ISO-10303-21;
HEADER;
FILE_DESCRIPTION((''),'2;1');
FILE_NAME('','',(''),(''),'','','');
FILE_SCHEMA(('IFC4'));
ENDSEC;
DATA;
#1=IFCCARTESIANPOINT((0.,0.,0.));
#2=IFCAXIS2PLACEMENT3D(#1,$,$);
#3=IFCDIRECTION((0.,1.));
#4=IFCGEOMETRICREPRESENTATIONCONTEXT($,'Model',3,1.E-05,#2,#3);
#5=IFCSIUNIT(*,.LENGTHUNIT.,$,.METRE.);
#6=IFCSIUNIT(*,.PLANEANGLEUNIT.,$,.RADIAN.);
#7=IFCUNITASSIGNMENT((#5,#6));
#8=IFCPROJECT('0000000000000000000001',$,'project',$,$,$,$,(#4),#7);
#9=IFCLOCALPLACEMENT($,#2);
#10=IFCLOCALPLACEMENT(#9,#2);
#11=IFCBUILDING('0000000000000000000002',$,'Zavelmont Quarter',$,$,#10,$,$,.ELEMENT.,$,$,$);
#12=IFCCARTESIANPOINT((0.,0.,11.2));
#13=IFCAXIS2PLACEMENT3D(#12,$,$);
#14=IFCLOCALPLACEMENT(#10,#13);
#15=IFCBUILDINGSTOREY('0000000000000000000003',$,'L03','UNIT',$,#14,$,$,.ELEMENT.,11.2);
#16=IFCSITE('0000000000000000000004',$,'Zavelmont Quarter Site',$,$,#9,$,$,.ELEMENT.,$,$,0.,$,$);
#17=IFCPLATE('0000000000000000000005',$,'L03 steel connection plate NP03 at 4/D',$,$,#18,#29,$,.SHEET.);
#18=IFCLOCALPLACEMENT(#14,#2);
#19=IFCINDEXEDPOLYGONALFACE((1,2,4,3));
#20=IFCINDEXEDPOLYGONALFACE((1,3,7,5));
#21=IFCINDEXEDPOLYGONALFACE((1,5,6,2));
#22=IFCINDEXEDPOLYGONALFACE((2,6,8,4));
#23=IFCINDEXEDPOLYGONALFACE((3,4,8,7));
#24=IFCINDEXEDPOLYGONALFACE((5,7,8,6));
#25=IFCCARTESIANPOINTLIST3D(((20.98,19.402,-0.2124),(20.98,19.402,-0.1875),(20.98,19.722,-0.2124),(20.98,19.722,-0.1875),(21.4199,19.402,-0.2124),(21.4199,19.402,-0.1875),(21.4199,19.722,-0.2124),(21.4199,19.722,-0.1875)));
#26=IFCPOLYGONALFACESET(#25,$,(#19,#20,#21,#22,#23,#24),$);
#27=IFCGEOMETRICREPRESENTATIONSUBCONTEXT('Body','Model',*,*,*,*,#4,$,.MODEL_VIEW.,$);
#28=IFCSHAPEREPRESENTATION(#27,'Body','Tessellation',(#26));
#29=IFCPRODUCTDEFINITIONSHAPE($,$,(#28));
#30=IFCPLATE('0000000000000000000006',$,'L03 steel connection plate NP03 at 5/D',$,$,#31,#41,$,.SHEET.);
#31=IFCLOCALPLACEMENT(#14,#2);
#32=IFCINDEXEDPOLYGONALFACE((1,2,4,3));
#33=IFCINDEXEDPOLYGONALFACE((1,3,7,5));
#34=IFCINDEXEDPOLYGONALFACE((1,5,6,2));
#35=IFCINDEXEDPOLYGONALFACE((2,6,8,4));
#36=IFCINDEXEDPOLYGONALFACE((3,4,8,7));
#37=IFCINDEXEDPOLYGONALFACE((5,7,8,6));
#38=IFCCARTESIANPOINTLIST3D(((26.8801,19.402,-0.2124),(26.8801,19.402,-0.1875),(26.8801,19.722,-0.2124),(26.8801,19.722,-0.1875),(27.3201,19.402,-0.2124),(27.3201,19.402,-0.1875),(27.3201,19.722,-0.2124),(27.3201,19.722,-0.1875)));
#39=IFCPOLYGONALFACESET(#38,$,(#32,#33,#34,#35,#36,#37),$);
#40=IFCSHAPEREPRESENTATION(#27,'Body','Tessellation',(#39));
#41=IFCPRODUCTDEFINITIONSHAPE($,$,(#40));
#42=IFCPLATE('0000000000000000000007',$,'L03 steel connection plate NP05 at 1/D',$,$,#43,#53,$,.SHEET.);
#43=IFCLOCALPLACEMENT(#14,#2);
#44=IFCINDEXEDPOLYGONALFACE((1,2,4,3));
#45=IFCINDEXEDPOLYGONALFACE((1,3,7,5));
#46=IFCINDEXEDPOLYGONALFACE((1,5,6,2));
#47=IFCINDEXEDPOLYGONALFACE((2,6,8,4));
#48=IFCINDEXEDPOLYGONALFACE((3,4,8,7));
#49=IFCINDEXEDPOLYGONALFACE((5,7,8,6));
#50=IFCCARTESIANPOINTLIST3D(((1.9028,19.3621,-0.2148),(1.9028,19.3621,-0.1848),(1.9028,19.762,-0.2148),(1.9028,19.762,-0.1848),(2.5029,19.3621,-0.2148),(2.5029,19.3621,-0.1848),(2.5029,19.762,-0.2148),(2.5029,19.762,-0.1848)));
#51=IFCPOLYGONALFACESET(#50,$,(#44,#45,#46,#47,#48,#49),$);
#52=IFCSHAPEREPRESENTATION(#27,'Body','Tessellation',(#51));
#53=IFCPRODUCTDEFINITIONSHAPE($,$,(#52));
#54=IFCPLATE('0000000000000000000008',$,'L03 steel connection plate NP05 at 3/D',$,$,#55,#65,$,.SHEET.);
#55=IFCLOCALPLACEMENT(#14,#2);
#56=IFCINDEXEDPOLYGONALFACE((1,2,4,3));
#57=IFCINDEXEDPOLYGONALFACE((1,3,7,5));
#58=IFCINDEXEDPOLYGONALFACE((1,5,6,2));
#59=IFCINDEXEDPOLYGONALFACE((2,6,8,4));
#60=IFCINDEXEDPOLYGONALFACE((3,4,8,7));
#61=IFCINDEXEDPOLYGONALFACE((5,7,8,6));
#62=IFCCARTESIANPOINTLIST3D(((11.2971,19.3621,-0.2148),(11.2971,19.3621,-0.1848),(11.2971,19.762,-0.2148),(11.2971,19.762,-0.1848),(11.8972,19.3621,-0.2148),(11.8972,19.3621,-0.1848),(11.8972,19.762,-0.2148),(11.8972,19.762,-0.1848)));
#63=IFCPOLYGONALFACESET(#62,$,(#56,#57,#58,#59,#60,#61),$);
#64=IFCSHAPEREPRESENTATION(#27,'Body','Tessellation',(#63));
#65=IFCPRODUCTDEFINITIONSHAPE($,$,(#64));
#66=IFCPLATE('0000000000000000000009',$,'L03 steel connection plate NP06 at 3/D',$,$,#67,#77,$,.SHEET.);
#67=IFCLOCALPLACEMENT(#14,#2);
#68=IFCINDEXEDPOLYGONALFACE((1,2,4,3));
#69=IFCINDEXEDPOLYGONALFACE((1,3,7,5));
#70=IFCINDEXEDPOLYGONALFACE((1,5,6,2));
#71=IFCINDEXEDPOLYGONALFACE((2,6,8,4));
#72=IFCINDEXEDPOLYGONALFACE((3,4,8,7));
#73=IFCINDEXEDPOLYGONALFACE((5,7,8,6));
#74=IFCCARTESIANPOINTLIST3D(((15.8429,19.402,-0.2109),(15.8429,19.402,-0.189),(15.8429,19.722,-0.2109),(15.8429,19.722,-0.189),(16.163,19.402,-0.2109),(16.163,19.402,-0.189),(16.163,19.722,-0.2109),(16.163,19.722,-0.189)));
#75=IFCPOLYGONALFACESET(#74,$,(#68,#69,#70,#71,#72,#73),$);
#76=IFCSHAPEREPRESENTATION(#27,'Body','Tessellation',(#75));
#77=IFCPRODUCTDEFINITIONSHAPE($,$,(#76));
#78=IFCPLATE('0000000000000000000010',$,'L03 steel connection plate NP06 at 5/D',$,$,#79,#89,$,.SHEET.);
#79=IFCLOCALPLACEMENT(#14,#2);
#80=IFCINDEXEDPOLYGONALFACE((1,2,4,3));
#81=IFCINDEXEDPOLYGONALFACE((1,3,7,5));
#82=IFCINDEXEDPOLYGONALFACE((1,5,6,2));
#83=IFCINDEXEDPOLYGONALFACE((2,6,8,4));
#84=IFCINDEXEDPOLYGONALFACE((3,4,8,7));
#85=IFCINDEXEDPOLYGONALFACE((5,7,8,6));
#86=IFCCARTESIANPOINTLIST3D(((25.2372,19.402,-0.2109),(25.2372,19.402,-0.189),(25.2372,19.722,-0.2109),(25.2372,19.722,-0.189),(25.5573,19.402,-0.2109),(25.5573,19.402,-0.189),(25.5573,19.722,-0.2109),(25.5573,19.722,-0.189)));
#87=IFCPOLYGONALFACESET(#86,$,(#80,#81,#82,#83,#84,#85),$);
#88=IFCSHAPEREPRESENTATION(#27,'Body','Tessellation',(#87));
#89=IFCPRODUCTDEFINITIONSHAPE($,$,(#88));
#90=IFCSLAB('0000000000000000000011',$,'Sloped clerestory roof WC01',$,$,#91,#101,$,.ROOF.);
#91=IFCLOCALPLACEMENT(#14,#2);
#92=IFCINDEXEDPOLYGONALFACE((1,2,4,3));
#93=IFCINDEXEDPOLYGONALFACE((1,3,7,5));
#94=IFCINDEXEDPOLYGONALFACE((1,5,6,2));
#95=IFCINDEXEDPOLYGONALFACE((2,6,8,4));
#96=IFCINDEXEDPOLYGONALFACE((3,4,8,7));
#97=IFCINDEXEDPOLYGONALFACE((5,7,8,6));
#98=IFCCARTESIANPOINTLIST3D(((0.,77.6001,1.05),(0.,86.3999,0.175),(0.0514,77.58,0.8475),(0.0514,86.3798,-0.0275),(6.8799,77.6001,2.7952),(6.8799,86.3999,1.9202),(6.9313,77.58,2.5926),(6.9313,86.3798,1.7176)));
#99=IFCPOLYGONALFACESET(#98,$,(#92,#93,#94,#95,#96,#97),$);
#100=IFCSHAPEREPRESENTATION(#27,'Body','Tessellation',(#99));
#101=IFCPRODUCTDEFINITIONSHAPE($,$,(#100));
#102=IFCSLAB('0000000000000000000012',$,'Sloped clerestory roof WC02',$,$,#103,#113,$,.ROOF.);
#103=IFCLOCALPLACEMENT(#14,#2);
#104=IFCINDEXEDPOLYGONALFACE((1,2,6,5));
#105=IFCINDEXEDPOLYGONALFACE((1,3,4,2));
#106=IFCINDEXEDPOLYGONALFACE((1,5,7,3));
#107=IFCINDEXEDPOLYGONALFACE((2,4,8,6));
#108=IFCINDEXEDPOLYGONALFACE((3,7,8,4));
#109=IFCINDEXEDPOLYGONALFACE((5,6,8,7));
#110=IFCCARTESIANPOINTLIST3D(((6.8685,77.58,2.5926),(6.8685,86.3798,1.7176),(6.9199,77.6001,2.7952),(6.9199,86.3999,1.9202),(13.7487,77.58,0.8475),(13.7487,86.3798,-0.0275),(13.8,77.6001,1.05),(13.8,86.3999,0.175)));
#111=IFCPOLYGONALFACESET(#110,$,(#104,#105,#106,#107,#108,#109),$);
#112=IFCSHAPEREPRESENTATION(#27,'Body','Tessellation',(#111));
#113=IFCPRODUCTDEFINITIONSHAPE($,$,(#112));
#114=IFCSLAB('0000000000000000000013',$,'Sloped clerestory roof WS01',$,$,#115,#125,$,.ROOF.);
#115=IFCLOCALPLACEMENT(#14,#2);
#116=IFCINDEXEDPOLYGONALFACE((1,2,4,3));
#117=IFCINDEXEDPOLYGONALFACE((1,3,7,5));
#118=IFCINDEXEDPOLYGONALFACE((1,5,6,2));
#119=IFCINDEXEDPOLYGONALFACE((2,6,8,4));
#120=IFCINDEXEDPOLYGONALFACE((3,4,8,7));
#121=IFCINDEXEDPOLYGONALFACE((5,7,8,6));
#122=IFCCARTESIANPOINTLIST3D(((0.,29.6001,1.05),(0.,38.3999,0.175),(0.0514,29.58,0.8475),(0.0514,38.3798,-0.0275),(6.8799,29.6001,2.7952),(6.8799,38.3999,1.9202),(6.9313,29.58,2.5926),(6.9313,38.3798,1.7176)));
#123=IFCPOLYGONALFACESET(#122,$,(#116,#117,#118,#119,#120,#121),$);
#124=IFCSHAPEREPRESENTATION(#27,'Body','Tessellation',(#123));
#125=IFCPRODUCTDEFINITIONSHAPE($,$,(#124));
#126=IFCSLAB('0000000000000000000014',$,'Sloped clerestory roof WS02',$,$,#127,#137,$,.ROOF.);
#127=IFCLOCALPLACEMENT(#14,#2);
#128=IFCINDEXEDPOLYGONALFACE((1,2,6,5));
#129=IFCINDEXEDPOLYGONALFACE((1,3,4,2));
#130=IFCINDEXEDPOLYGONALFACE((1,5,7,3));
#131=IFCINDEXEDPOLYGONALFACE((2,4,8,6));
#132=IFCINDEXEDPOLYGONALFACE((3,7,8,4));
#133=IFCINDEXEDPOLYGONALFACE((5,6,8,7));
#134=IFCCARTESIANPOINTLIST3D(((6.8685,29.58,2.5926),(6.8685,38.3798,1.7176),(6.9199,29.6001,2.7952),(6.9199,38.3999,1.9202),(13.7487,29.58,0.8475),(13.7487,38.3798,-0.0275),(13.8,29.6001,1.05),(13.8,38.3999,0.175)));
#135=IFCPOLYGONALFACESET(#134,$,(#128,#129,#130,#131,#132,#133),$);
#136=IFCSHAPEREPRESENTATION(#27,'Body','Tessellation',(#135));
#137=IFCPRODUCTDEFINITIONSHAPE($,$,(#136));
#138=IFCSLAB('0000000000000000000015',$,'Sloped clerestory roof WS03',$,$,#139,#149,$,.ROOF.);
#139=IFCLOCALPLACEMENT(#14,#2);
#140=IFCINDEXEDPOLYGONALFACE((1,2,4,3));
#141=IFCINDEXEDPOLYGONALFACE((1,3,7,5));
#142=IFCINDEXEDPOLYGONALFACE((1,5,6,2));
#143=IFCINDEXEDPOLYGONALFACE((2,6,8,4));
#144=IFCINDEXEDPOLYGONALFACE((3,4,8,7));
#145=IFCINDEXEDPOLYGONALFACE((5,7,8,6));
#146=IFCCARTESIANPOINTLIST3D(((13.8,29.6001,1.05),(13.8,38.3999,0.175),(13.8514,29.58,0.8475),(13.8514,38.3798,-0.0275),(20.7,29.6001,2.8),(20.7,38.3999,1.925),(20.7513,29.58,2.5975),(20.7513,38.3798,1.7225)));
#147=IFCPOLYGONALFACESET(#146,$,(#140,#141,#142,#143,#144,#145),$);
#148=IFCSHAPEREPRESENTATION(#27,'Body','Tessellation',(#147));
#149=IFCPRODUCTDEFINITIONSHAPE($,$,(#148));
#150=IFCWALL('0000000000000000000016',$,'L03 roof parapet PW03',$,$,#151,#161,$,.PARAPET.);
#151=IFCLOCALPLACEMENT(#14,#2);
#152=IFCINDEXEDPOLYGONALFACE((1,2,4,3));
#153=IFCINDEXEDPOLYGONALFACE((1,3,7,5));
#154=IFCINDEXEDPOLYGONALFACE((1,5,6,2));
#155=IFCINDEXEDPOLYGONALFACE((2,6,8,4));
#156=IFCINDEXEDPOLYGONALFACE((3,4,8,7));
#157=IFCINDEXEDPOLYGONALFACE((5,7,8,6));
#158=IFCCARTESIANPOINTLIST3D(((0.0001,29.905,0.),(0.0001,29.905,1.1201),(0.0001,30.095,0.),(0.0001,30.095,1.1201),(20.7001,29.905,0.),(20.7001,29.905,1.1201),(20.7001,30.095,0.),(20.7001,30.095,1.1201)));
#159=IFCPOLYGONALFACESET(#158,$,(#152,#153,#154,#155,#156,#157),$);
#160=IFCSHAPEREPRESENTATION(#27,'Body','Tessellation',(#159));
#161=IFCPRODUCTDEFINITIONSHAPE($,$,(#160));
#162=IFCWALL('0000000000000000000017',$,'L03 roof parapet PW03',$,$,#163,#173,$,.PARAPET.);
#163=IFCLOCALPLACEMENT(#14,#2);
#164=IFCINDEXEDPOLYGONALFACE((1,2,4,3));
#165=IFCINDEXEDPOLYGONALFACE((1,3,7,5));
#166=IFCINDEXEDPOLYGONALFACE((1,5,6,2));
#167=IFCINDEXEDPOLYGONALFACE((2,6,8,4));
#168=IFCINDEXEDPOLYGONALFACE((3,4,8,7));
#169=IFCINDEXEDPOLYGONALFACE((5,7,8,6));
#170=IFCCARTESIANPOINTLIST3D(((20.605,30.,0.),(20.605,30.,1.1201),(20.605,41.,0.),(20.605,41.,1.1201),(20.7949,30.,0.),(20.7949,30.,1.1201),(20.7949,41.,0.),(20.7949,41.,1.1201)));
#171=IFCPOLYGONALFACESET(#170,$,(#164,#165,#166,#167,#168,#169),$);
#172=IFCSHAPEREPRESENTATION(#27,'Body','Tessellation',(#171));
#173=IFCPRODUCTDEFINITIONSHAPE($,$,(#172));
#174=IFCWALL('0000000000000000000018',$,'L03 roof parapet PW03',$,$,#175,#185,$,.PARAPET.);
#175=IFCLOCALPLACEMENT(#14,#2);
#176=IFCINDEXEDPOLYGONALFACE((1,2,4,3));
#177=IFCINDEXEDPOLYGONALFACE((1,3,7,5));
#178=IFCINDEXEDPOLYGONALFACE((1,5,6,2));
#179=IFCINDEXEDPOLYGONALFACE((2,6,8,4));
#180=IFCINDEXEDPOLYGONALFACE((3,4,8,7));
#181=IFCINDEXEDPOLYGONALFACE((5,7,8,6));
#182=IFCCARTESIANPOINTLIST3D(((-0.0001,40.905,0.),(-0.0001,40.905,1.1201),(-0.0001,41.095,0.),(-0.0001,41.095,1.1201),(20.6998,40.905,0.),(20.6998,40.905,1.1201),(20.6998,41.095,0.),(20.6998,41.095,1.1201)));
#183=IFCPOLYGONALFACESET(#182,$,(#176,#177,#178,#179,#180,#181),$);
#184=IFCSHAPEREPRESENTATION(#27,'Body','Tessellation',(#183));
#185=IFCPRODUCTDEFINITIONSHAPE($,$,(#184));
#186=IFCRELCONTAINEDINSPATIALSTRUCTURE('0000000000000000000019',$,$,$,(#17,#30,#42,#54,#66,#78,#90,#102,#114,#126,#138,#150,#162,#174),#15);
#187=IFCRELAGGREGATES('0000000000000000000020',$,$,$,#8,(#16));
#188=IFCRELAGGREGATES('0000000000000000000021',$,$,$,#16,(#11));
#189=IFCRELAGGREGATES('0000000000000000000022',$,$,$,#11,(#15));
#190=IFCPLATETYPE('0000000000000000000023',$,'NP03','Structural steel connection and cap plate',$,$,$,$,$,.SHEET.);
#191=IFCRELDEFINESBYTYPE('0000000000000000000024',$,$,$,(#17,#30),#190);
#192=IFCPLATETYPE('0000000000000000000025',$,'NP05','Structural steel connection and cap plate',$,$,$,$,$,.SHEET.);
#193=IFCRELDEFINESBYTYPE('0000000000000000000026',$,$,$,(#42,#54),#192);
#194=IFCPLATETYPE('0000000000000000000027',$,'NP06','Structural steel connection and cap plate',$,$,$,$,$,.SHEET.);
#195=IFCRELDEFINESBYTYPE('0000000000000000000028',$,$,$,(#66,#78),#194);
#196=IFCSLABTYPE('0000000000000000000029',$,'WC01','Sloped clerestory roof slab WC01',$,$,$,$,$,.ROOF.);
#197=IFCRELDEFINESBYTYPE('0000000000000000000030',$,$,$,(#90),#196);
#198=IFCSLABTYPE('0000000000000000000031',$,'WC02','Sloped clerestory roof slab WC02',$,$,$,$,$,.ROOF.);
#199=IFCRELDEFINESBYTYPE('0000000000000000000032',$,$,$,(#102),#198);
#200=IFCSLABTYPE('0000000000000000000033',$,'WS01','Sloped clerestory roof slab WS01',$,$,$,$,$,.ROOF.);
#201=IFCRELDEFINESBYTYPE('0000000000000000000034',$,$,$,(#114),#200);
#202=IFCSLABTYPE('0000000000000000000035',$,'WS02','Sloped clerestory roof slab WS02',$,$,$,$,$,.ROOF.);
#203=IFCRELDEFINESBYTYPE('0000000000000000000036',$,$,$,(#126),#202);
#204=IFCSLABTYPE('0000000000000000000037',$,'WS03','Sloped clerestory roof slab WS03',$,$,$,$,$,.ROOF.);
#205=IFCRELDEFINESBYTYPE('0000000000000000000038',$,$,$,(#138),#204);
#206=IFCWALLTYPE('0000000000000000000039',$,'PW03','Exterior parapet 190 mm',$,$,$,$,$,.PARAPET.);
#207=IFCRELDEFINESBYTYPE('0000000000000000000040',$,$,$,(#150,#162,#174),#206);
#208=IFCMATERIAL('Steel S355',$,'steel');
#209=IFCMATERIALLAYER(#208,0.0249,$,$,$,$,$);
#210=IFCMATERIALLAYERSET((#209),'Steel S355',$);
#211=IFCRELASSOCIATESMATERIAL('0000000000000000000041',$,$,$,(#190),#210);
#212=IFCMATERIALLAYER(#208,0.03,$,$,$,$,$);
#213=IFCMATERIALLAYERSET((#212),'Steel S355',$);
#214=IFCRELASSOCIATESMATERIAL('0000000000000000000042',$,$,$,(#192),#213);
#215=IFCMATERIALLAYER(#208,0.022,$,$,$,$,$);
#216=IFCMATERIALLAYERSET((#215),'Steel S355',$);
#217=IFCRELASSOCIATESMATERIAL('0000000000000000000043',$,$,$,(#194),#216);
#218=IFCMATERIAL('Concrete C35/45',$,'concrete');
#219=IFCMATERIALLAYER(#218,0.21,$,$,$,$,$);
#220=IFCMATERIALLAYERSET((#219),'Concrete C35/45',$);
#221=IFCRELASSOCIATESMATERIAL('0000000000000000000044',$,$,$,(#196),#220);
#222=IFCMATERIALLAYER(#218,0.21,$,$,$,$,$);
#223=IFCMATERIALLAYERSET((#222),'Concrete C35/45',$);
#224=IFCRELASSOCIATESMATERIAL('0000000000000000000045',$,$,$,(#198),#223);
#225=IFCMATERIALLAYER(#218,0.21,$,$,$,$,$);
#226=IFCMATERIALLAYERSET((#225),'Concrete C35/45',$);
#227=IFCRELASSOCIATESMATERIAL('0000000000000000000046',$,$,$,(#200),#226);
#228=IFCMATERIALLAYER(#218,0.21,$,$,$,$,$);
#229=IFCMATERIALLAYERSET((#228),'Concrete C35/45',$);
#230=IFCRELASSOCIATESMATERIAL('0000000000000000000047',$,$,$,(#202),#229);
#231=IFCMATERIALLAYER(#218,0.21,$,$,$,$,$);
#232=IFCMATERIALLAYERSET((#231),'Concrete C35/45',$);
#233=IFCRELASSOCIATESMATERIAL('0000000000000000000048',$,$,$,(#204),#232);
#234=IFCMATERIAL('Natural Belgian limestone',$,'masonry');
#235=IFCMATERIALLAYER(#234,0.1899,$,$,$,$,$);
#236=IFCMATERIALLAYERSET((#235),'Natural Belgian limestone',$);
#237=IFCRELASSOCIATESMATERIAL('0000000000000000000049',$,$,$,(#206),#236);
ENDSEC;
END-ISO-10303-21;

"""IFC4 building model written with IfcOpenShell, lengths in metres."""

from ifc_helpers import new_model, si_unit, direction, frame, frame_2d, origin, origin_2d, place, context, subcontext, project, spatial, polyline, rectangle, outline, extrude, material, layer, layer_set, type_object, element, save


model = new_model("IFC4")

# Units and contexts
model_context = context("Model", 3, precision=1e-05, world=origin(), true_north=direction((0.0, 1.0)))
body_context = subcontext(model_context, "Body", "Model", "MODEL_VIEW")
ifc_project = project(units=[si_unit("LENGTHUNIT", "METRE"), si_unit("PLANEANGLEUNIT", "RADIAN")], contexts=[model_context])

# Site, building, storey
site_placement = place(None, origin())
site = spatial("IfcSite", under=ifc_project, at=site_placement, Name="Zavelmont Quarter Site", CompositionType="ELEMENT", RefElevation=0.0)
building_placement = place(site_placement, origin())
building = spatial("IfcBuilding", under=site, at=building_placement, Name="Zavelmont Quarter", CompositionType="ELEMENT")
storey_placement = place(building_placement, frame((0.0, 0.0, 11.2)))
storey = spatial("IfcBuildingStorey", under=building, at=storey_placement, Name="L03", Description="UNIT", CompositionType="ELEMENT", Elevation=11.2)

# Shared definitions
ifc_material_1 = material(Name="Concrete C35/45", Category="concrete")

# Shared definitions
ifc_material_2 = material(Name="Steel S355", Category="steel")

# Plates
ifc_layer_1 = layer(ifc_material_2, 0.0249)
ifc_layer_set_1 = layer_set([ifc_layer_1], Name="Steel S355")
plate_type_1 = type_object("IfcPlateType", Name="NP03", Description="Structural steel connection and cap plate", PredefinedType="SHEET", material=ifc_layer_set_1)
for number, where, z_axis, x_axis, name in (
    (1, (21.2, 19.562, -0.2124), (0.0, 0.0, 1.0), (1.0, 0.0, 0.0), "L03 steel connection plate NP03 at 4/D"),
    (2, (27.1001, 19.562, -0.2124), (0.0, 0.0, 1.0), (1.0, 0.0, 0.0), "L03 steel connection plate NP03 at 5/D"),
):
    element("IfcPlate", number, at=place(storey_placement, frame(where, z_axis=z_axis, x_axis=x_axis)), inside=storey, type_object=plate_type_1, Name=name, PredefinedType="SHEET", context=body_context, shape_type="SweptSolid", body=[
        extrude(rectangle(XDim=0.4399, YDim=0.3201, at=origin_2d()), origin(), (0.0, 0.0, 1.0), 0.0249),
    ])
ifc_layer_2 = layer(ifc_material_2, 0.03)
ifc_layer_set_2 = layer_set([ifc_layer_2], Name="Steel S355")
plate_type_2 = type_object("IfcPlateType", Name="NP05", Description="Structural steel connection and cap plate", PredefinedType="SHEET", material=ifc_layer_set_2)
for number, where, z_axis, x_axis, name in (
    (3, (2.2029, 19.562, -0.2148), (0.0, 0.0, 1.0), (1.0, 0.0, 0.0), "L03 steel connection plate NP05 at 1/D"),
    (4, (11.5972, 19.562, -0.2148), (0.0, 0.0, 1.0), (1.0, 0.0, 0.0), "L03 steel connection plate NP05 at 3/D"),
):
    element("IfcPlate", number, at=place(storey_placement, frame(where, z_axis=z_axis, x_axis=x_axis)), inside=storey, type_object=plate_type_2, Name=name, PredefinedType="SHEET", context=body_context, shape_type="SweptSolid", body=[
        extrude(rectangle(XDim=0.6001, YDim=0.3999, at=origin_2d()), origin(), (0.0, 0.0, 1.0), 0.03),
    ])
ifc_layer_3 = layer(ifc_material_2, 0.022)
ifc_layer_set_3 = layer_set([ifc_layer_3], Name="Steel S355")
plate_type_3 = type_object("IfcPlateType", Name="NP06", Description="Structural steel connection and cap plate", PredefinedType="SHEET", material=ifc_layer_set_3)
for number, where, z_axis, x_axis, name in (
    (5, (16.0029, 19.562, -0.2109), (0.0, 0.0, 1.0), (1.0, 0.0, 0.0), "L03 steel connection plate NP06 at 3/D"),
    (6, (25.3972, 19.562, -0.2109), (0.0, 0.0, 1.0), (1.0, 0.0, 0.0), "L03 steel connection plate NP06 at 5/D"),
):
    element("IfcPlate", number, at=place(storey_placement, frame(where, z_axis=z_axis, x_axis=x_axis)), inside=storey, type_object=plate_type_3, Name=name, PredefinedType="SHEET", context=body_context, shape_type="SweptSolid", body=[
        extrude(rectangle(XDim=0.3201, YDim=0.3201, at=origin_2d()), origin(), (0.0, 0.0, 1.0), 0.022),
    ])

# Slabs
ifc_layer_4 = layer(ifc_material_1, 0.21)
ifc_layer_set_4 = layer_set([ifc_layer_4], Name="Concrete C35/45")
slab_type_1 = type_object("IfcSlabType", Name="WC01", Description="Sloped clerestory roof slab WC01", PredefinedType="ROOF", material=ifc_layer_set_4)
slab_1_placement = place(storey_placement, frame((0.0, 77.6001, 1.05), z_axis=(-0.244735, 0.095937, 0.964832), x_axis=(0.969303, 0.0, 0.245869)))
element("IfcSlab", 7, at=slab_1_placement, inside=storey, type_object=slab_type_1, Name="Sloped clerestory roof WC01", PredefinedType="ROOF", context=body_context, shape_type="SweptSolid", body=[
    extrude(outline(polyline([(0.0, 0.0), (7.0978, 0.0), (6.8826, 8.8406), (-0.2151, 8.8406), (0.0, 0.0)])), origin(), (0.0, 0.0, -1.0), 0.21),
])
ifc_layer_5 = layer(ifc_material_1, 0.21)
ifc_layer_set_5 = layer_set([ifc_layer_5], Name="Concrete C35/45")
slab_type_2 = type_object("IfcSlabType", Name="WC02", Description="Sloped clerestory roof slab WC02", PredefinedType="ROOF", material=ifc_layer_set_5)
slab_2_placement = place(storey_placement, frame((6.9199, 77.6001, 2.7952), z_axis=(0.244726, 0.095937, 0.964834), x_axis=(0.969305, 0.0, -0.24586)))
element("IfcSlab", 8, at=slab_2_placement, inside=storey, type_object=slab_type_2, Name="Sloped clerestory roof WC02", PredefinedType="ROOF", context=body_context, shape_type="SweptSolid", body=[
    extrude(outline(polyline([(0.0, 0.0), (7.098, 0.0), (7.3131, 8.8406), (0.2151, 8.8406), (0.0, 0.0)])), origin(), (0.0, 0.0, -1.0), 0.21),
])
ifc_layer_6 = layer(ifc_material_1, 0.21)
ifc_layer_set_6 = layer_set([ifc_layer_6], Name="Concrete C35/45")
slab_type_3 = type_object("IfcSlabType", Name="WS01", Description="Sloped clerestory roof slab WS01", PredefinedType="ROOF", material=ifc_layer_set_6)
slab_3_placement = place(storey_placement, frame((0.0, 29.6001, 1.05), z_axis=(-0.244735, 0.095937, 0.964832), x_axis=(0.969303, 0.0, 0.245869)))
element("IfcSlab", 9, at=slab_3_placement, inside=storey, type_object=slab_type_3, Name="Sloped clerestory roof WS01", PredefinedType="ROOF", context=body_context, shape_type="SweptSolid", body=[
    extrude(outline(polyline([(0.0, 0.0), (7.0978, 0.0), (6.8826, 8.8406), (-0.2151, 8.8406), (0.0, 0.0)])), origin(), (0.0, 0.0, -1.0), 0.21),
])
ifc_layer_7 = layer(ifc_material_1, 0.21)
ifc_layer_set_7 = layer_set([ifc_layer_7], Name="Concrete C35/45")
slab_type_4 = type_object("IfcSlabType", Name="WS02", Description="Sloped clerestory roof slab WS02", PredefinedType="ROOF", material=ifc_layer_set_7)
slab_4_placement = place(storey_placement, frame((6.9199, 29.6001, 2.7952), z_axis=(0.244726, 0.095937, 0.964834), x_axis=(0.969305, 0.0, -0.24586)))
element("IfcSlab", 10, at=slab_4_placement, inside=storey, type_object=slab_type_4, Name="Sloped clerestory roof WS02", PredefinedType="ROOF", context=body_context, shape_type="SweptSolid", body=[
    extrude(outline(polyline([(0.0, 0.0), (7.098, 0.0), (7.3131, 8.8406), (0.2151, 8.8406), (0.0, 0.0)])), origin(), (0.0, 0.0, -1.0), 0.21),
])
ifc_layer_8 = layer(ifc_material_1, 0.21)
ifc_layer_set_8 = layer_set([ifc_layer_8], Name="Concrete C35/45")
slab_type_5 = type_object("IfcSlabType", Name="WS03", Description="Sloped clerestory roof slab WS03", PredefinedType="ROOF", material=ifc_layer_set_8)
slab_5_placement = place(storey_placement, frame((13.8, 29.6001, 1.05), z_axis=(-0.244709, 0.095938, 0.964839), x_axis=(0.96931, 0.0, 0.245843)))
element("IfcSlab", 11, at=slab_5_placement, inside=storey, type_object=slab_type_5, Name="Sloped clerestory roof WS03", PredefinedType="ROOF", context=body_context, shape_type="SweptSolid", body=[
    extrude(outline(polyline([(0.0, 0.0), (7.1184, 0.0), (6.9033, 8.8406), (-0.2151, 8.8406), (0.0, 0.0)])), origin(), (0.0, 0.0, -1.0), 0.21),
])

# Walls
ifc_material_3 = material(Name="Natural Belgian limestone", Category="masonry")
ifc_layer_9 = layer(ifc_material_3, 0.1899)
ifc_layer_set_9 = layer_set([ifc_layer_9], Name="Natural Belgian limestone")
wall_type = type_object("IfcWallType", Name="PW03", Description="Exterior parapet 190 mm", PredefinedType="PARAPET", material=ifc_layer_set_9)
wall_1_placement = place(storey_placement, frame((0.0, 30.0, 0.0), z_axis=(0.0, 0.0, 1.0), x_axis=(1.0, 0.0, 0.0)))
element("IfcWall", 12, at=wall_1_placement, inside=storey, type_object=wall_type, Name="L03 roof parapet PW03", PredefinedType="PARAPET", context=body_context, shape_type="SweptSolid", body=[
    extrude(rectangle(XDim=20.7, YDim=0.1899, at=frame_2d((10.3501, 0.0))), origin(), (0.0, 0.0, 1.0), 1.1201),
])
wall_2_placement = place(storey_placement, frame((20.7, 30.0, 0.0), z_axis=(0.0, 0.0, 1.0), x_axis=(0.0, 1.0, 0.0)))
element("IfcWall", 13, at=wall_2_placement, inside=storey, type_object=wall_type, Name="L03 roof parapet PW03", PredefinedType="PARAPET", context=body_context, shape_type="SweptSolid", body=[
    extrude(rectangle(XDim=11.0, YDim=0.1899, at=frame_2d((5.5, 0.0))), origin(), (0.0, 0.0, 1.0), 1.1201),
])
wall_3_placement = place(storey_placement, frame((20.7, 41.0, 0.0), z_axis=(0.0, 0.0, 1.0), x_axis=(-1.0, 0.0, 0.0)))
element("IfcWall", 14, at=wall_3_placement, inside=storey, type_object=wall_type, Name="L03 roof parapet PW03", PredefinedType="PARAPET", context=body_context, shape_type="SweptSolid", body=[
    extrude(rectangle(XDim=20.7, YDim=0.1899, at=frame_2d((10.3501, 0.0))), origin(), (0.0, 0.0, 1.0), 1.1201),
])

save(model, "model.ifc")
